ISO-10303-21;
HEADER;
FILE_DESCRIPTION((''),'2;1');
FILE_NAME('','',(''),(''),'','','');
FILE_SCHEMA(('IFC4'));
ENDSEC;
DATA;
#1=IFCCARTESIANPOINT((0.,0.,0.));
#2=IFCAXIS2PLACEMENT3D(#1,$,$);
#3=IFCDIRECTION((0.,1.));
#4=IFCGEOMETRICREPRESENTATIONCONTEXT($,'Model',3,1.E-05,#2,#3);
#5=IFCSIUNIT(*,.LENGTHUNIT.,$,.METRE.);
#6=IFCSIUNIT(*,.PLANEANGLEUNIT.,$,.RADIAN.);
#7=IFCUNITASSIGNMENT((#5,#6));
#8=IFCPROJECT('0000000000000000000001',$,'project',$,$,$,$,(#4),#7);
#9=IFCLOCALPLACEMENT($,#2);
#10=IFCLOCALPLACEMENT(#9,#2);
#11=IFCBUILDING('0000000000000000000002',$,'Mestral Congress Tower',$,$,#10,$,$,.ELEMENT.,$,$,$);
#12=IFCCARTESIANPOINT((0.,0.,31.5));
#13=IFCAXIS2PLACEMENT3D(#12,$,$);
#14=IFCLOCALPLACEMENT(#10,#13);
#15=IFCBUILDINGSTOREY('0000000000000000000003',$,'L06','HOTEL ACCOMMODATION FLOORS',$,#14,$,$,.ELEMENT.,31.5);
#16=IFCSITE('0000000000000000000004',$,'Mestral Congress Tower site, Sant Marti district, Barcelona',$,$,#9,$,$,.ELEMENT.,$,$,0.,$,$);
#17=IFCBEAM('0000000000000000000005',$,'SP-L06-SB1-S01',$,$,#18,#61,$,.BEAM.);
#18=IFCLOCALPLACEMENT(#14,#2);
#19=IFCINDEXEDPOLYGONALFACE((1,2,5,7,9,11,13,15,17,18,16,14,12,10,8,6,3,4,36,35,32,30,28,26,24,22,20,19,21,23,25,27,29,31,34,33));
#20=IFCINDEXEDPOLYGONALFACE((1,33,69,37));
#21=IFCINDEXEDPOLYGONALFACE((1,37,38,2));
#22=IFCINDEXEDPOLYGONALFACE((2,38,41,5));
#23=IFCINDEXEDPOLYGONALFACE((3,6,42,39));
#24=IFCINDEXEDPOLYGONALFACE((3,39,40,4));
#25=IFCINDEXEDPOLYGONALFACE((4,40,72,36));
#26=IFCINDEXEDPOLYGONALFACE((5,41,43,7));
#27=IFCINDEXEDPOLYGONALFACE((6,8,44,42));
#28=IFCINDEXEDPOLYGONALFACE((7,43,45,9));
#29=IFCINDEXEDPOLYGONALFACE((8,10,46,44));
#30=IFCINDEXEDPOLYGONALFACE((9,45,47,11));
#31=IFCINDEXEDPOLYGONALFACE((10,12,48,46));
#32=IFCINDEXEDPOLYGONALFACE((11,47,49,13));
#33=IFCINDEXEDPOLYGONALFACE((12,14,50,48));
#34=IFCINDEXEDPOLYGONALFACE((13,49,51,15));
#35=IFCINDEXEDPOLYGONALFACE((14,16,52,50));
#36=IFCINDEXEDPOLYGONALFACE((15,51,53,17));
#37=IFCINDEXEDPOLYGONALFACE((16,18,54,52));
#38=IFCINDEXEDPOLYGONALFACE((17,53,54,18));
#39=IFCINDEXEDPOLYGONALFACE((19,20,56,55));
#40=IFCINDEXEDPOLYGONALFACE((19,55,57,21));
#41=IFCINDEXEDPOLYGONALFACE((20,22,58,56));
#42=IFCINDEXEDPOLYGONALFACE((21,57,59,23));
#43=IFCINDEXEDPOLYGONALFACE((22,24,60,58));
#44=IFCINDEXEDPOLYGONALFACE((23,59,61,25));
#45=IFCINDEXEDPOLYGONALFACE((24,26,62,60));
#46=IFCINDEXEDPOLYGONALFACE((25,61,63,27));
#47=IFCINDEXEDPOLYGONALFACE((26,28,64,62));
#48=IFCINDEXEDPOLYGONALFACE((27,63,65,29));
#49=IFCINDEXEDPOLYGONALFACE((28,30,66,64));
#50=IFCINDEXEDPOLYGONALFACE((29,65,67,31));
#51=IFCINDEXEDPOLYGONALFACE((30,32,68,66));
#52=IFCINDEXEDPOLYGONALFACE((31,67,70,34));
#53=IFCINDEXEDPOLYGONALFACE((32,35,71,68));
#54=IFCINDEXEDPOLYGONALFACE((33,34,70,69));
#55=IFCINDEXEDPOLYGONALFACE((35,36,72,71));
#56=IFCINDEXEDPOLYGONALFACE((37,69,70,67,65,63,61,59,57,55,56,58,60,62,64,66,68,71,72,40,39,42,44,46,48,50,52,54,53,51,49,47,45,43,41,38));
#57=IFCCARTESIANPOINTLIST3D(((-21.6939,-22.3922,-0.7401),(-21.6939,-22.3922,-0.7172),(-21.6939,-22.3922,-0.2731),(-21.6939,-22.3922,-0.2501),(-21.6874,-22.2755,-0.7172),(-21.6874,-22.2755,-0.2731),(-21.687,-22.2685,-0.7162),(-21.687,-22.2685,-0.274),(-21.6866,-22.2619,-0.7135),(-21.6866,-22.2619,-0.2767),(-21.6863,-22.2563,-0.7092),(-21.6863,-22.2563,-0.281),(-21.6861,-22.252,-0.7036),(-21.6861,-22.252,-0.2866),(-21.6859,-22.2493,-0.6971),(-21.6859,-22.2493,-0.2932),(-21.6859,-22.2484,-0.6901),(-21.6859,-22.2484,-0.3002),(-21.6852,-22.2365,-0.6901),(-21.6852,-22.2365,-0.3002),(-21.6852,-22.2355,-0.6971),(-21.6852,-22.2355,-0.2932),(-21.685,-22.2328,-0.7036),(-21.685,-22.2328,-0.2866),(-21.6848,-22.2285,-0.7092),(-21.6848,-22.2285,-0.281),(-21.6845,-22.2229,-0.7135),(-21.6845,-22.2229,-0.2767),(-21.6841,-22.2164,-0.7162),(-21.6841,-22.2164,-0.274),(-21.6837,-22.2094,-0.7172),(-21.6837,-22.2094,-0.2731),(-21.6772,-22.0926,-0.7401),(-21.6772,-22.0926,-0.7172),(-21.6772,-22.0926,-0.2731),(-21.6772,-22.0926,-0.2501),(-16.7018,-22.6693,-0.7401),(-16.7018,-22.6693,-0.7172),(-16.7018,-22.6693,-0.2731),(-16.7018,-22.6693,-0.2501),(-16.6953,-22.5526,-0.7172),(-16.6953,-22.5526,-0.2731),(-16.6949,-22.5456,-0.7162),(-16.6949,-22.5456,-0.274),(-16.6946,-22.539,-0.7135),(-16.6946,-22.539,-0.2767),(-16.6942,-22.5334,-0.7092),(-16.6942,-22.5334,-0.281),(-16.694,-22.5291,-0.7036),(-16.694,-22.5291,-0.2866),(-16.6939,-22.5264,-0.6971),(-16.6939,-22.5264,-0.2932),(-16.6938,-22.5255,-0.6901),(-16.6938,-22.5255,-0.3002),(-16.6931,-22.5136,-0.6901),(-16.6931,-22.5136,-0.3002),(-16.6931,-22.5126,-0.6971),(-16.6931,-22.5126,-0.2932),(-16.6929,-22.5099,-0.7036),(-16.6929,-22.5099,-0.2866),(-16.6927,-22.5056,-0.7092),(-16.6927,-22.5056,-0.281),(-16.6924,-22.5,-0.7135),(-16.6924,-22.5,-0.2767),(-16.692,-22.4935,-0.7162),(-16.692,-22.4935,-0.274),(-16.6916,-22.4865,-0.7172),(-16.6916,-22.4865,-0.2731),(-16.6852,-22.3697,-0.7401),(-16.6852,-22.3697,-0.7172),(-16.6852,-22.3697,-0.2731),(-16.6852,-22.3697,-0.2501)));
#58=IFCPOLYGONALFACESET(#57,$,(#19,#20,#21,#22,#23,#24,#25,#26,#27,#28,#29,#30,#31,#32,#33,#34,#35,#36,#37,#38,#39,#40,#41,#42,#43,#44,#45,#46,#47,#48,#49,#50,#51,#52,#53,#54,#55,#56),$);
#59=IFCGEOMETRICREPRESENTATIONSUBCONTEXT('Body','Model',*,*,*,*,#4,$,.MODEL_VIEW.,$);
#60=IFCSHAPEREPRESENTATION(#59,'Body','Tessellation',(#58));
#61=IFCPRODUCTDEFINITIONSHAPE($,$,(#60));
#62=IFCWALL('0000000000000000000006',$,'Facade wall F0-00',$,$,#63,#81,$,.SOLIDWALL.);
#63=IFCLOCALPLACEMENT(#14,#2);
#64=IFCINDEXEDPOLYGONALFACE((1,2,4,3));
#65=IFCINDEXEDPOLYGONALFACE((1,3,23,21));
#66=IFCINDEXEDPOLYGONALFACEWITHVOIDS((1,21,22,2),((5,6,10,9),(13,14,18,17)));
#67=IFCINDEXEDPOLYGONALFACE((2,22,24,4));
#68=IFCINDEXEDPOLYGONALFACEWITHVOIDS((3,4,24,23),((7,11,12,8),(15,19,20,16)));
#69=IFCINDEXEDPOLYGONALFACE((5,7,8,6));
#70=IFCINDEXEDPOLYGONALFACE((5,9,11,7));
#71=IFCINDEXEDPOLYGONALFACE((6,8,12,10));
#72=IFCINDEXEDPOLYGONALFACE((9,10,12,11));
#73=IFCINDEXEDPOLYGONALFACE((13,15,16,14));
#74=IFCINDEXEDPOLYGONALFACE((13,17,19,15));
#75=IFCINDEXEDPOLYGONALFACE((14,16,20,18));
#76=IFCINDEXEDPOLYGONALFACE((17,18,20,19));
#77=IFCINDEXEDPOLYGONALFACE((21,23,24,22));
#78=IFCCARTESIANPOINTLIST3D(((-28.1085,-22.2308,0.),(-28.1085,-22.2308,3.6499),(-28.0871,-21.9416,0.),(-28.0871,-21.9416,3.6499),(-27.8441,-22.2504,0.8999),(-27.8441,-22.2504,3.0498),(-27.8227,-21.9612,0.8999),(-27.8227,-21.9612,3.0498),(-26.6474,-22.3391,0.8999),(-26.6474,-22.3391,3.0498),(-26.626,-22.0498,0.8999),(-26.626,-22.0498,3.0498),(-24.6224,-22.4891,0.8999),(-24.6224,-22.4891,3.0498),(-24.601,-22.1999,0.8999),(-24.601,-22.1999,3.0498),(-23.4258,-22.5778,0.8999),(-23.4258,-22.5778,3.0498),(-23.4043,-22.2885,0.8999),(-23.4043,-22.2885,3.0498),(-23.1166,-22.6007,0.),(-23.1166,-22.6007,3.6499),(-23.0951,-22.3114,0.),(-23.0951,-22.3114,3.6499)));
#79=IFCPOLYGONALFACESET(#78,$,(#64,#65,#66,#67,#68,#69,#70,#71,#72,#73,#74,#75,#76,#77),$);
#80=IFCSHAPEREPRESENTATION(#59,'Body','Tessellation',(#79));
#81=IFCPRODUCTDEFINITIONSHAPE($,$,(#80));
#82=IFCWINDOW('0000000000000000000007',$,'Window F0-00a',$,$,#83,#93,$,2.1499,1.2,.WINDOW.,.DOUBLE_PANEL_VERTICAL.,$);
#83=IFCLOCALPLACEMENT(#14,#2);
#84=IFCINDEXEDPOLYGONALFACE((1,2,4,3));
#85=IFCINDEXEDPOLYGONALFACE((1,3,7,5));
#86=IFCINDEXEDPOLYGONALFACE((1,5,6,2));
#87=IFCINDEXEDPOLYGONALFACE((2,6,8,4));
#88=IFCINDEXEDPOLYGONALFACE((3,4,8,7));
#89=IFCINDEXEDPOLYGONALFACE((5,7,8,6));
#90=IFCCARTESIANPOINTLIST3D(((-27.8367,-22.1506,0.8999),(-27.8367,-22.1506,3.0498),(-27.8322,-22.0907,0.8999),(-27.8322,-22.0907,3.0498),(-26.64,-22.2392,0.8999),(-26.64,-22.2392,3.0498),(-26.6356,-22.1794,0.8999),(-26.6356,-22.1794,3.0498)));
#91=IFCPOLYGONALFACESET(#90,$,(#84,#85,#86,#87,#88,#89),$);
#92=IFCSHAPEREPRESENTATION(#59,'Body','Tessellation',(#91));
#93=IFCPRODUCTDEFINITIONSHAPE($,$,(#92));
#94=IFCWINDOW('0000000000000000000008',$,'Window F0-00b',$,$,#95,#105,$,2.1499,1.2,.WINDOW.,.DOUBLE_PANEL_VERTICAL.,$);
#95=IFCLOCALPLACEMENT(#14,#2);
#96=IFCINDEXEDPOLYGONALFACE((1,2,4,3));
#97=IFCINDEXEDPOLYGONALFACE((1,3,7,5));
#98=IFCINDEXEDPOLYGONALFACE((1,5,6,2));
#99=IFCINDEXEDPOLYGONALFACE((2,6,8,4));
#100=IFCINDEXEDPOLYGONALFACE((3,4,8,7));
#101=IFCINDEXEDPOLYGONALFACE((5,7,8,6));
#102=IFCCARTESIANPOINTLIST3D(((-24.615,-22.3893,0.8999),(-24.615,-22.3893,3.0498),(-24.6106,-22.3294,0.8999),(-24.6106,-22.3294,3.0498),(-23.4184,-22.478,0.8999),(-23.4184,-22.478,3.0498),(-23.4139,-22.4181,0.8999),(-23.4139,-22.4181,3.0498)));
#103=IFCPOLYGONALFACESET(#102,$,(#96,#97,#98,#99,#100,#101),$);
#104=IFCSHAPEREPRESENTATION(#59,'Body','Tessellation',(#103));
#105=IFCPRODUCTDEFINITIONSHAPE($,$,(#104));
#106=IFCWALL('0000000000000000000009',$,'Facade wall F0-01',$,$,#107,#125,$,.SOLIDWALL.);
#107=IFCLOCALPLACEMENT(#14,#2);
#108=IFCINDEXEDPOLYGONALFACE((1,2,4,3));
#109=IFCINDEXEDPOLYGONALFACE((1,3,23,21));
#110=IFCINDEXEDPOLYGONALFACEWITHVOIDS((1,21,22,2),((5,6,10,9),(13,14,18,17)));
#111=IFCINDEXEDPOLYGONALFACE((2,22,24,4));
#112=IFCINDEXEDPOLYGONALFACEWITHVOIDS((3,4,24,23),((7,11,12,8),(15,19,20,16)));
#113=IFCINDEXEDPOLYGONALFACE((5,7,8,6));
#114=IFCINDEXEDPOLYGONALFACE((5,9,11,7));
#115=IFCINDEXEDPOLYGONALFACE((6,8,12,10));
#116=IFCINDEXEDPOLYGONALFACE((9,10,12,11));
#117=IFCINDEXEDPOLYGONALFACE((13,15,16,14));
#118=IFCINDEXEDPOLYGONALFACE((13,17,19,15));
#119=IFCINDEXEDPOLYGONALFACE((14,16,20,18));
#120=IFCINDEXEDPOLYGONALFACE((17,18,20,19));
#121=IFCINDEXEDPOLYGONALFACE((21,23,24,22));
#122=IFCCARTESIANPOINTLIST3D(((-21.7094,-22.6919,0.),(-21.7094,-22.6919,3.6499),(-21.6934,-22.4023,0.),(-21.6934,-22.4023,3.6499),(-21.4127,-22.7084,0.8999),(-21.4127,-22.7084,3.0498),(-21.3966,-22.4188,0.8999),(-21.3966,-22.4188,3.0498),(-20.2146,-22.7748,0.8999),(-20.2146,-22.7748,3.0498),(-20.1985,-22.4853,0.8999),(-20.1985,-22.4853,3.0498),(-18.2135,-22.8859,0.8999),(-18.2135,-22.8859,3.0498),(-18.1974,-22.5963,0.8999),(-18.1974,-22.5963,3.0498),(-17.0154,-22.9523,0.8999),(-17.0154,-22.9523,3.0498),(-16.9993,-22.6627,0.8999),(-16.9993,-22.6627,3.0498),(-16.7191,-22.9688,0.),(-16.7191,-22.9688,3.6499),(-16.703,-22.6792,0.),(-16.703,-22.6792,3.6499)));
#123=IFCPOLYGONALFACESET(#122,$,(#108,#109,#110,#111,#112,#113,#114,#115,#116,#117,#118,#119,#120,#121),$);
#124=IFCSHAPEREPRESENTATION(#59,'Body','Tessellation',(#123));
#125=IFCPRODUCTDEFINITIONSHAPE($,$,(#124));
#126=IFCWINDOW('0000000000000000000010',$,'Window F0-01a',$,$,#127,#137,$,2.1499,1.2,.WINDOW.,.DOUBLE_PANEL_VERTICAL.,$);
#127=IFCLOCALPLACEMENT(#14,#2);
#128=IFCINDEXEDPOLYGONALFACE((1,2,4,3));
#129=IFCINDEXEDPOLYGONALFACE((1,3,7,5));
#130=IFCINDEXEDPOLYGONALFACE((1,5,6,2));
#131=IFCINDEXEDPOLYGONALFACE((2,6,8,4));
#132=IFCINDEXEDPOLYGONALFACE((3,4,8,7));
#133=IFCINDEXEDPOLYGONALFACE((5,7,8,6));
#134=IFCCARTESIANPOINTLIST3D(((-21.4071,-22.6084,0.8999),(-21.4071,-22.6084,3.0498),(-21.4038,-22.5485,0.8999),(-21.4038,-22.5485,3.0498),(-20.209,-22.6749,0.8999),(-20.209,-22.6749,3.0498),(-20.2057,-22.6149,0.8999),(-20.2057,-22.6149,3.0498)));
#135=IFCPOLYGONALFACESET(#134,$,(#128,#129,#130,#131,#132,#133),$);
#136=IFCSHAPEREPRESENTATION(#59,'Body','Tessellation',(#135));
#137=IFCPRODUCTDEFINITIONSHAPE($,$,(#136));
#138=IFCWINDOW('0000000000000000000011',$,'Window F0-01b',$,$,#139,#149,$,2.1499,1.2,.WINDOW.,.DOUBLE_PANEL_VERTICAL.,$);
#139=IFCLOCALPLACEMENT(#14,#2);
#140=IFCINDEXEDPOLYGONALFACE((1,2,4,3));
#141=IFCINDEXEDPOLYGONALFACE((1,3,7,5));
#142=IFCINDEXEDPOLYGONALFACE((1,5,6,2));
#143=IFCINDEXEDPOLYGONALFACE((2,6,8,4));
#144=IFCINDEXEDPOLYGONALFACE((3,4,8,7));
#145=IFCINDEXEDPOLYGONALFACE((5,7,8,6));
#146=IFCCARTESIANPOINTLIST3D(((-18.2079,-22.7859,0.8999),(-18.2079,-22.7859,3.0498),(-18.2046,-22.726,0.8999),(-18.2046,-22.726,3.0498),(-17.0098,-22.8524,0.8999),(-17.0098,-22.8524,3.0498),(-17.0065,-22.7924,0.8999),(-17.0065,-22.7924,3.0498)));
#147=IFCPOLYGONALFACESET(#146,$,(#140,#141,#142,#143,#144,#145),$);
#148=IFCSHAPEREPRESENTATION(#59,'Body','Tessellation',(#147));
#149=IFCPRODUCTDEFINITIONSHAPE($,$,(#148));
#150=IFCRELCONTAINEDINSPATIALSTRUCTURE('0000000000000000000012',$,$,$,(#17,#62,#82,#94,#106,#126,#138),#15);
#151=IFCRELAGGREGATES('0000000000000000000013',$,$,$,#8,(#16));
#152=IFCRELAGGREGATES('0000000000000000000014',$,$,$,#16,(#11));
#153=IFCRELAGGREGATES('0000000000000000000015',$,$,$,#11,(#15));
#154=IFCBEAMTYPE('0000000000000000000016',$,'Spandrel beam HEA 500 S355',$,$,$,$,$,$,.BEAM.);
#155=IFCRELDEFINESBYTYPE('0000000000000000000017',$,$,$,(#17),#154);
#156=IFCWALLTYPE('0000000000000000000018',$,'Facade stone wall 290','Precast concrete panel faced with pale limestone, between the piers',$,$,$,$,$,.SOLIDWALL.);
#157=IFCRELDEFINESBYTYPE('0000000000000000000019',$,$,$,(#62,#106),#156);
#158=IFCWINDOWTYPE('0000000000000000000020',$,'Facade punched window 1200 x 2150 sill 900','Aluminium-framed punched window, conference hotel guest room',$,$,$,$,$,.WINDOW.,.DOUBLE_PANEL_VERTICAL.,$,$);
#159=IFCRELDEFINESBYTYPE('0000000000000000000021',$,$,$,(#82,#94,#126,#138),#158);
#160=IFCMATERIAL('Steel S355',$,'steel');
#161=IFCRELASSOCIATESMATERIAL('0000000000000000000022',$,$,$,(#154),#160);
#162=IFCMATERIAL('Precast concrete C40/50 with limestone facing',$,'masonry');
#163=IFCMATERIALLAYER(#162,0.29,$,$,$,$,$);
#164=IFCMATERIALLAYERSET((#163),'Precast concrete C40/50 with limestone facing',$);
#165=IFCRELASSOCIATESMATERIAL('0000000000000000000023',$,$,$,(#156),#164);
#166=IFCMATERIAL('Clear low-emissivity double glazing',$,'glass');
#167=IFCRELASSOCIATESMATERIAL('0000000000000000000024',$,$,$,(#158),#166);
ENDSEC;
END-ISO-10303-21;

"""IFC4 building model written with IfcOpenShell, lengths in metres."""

from ifc_helpers import new_model, si_unit, direction, frame, frame_2d, origin, origin_2d, place, context, subcontext, project, spatial, rectangle, i_section, extrude, material, layer, layer_set, material_profile, profile_set, type_object, element, fill, save


model = new_model("IFC4")

# Units and contexts
model_context = context("Model", 3, precision=1e-05, world=origin(), true_north=direction((0.0, 1.0)))
body_context = subcontext(model_context, "Body", "Model", "MODEL_VIEW")
ifc_project = project(units=[si_unit("LENGTHUNIT", "METRE"), si_unit("PLANEANGLEUNIT", "RADIAN")], contexts=[model_context])

# Site, building, storey
site_placement = place(None, origin())
site = spatial("IfcSite", under=ifc_project, at=site_placement, Name="Mestral Congress Tower site, Sant Marti district, Barcelona", CompositionType="ELEMENT", RefElevation=0.0)
building_placement = place(site_placement, origin())
building = spatial("IfcBuilding", under=site, at=building_placement, Name="Mestral Congress Tower", CompositionType="ELEMENT")
storey_placement = place(building_placement, frame((0.0, 0.0, 31.5)))
storey = spatial("IfcBuildingStorey", under=building, at=storey_placement, Name="L06", Description="HOTEL ACCOMMODATION FLOORS", CompositionType="ELEMENT", Elevation=31.5)

# Beam
ifc_material_1 = material(Name="Steel S355", Category="steel")
ifc_material_profile_1 = material_profile(ifc_material_1, i_section(OverallWidth=0.3, OverallDepth=0.49, WebThickness=0.012, FlangeThickness=0.0229, FilletRadius=0.0271, at=origin_2d()), Name="HEA 500")
ifc_profile_set_1 = profile_set([ifc_material_profile_1], Name="Steel S355")
beam_type_1 = type_object("IfcBeamType", Name="Spandrel beam HEA 500 S355", PredefinedType="BEAM", material=ifc_profile_set_1)
beam_1_placement = place(storey_placement, frame((-21.6855, -22.2424, -0.4951), z_axis=(0.998463, -0.055421, 0.0), x_axis=(0.055421, 0.998463, 0.0)))
element("IfcBeam", 1, at=beam_1_placement, inside=storey, type_object=beam_type_1, Name="SP-L06-SB1-S01", PredefinedType="BEAM", context=body_context, shape_type="SweptSolid", body=[
    extrude(i_section(OverallWidth=0.3, OverallDepth=0.49, WebThickness=0.012, FlangeThickness=0.0229, FilletRadius=0.0271, at=origin_2d()), origin(), (0.0, 0.0, 1.0), 4.9998),
])

# Walls, openings, windows
ifc_material_2 = material(Name="Precast concrete C40/50 with limestone facing", Category="masonry")
ifc_layer_1 = layer(ifc_material_2, 0.29)
ifc_layer_set_1 = layer_set([ifc_layer_1], Name="Precast concrete C40/50 with limestone facing")
wall_type_1 = type_object("IfcWallType", Name="Facade stone wall 290", Description="Precast concrete panel faced with pale limestone, between the piers", PredefinedType="SOLIDWALL", material=ifc_layer_set_1)
wall_1_placement = place(storey_placement, frame((-28.0979, -22.0862, 0.0), z_axis=(0.0, 0.0, 1.0), x_axis=(0.997266, -0.073891, 0.0)))
wall_1 = element("IfcWall", 2, at=wall_1_placement, inside=storey, type_object=wall_type_1, Name="Facade wall F0-00", PredefinedType="SOLIDWALL", context=body_context, shape_type="SweptSolid", body=[
    extrude(rectangle(XDim=5.0056, YDim=0.29, at=frame_2d((2.5029, 0.0))), origin(), (0.0, 0.0, 1.0), 3.6499),
])
opening_1_placement = place(wall_1_placement, frame((0.2651, 0.0, 0.8999)))
opening_1 = element("IfcOpeningElement", 3, at=opening_1_placement, cuts=wall_1, PredefinedType="OPENING", context=body_context, shape_type="SweptSolid", body=[
    extrude(rectangle(XDim=1.2, YDim=2.1499, at=frame_2d((0.6001, 1.075))), frame((0.0, 0.155, 0.0), z_axis=(0.0, -1.0, 0.0), x_axis=(1.0, 0.0, 0.0)), (0.0, 0.0, 1.0), 0.3101),
])
opening_2_placement = place(wall_1_placement, frame((3.4956, 0.0, 0.8999)))
opening_2 = element("IfcOpeningElement", 4, at=opening_2_placement, cuts=wall_1, PredefinedType="OPENING", context=body_context, shape_type="SweptSolid", body=[
    extrude(rectangle(XDim=1.2, YDim=2.1499, at=frame_2d((0.6001, 1.075))), frame((0.0, 0.155, 0.0), z_axis=(0.0, -1.0, 0.0), x_axis=(1.0, 0.0, 0.0)), (0.0, 0.0, 1.0), 0.3101),
])
ifc_material_3 = material(Name="Clear low-emissivity double glazing", Category="glass")
window_type = type_object("IfcWindowType", Name="Facade punched window 1200 x 2150 sill 900", Description="Aluminium-framed punched window, conference hotel guest room", PartitioningType="DOUBLE_PANEL_VERTICAL", PredefinedType="WINDOW", material=ifc_material_3)
window_1_placement = place(opening_1_placement, origin())
window_1 = element("IfcWindow", 5, at=window_1_placement, inside=storey, type_object=window_type, Name="Window F0-00a", OverallHeight=2.1499, OverallWidth=1.2, PartitioningType="DOUBLE_PANEL_VERTICAL", PredefinedType="WINDOW", context=body_context, shape_type="SweptSolid", body=[
    extrude(rectangle(XDim=1.2, YDim=2.1499, at=frame_2d((0.6001, 1.075))), frame((0.0, 0.0151, 0.0), z_axis=(0.0, -1.0, 0.0), x_axis=(1.0, 0.0, 0.0)), (0.0, 0.0, 1.0), 0.0601),
])
fill(opening_1, window_1)
window_2_placement = place(opening_2_placement, origin())
window_2 = element("IfcWindow", 6, at=window_2_placement, inside=storey, type_object=window_type, Name="Window F0-00b", OverallHeight=2.1499, OverallWidth=1.2, PartitioningType="DOUBLE_PANEL_VERTICAL", PredefinedType="WINDOW", context=body_context, shape_type="SweptSolid", body=[
    extrude(rectangle(XDim=1.2, YDim=2.1499, at=frame_2d((0.6001, 1.075))), frame((0.0, 0.0151, 0.0), z_axis=(0.0, -1.0, 0.0), x_axis=(1.0, 0.0, 0.0)), (0.0, 0.0, 1.0), 0.0601),
])
fill(opening_2, window_2)
wall_2_placement = place(storey_placement, frame((-21.7014, -22.5471, 0.0), z_axis=(0.0, 0.0, 1.0), x_axis=(0.998465, -0.055392, 0.0)))
wall_2 = element("IfcWall", 7, at=wall_2_placement, inside=storey, type_object=wall_type_1, Name="Facade wall F0-01", PredefinedType="SOLIDWALL", context=body_context, shape_type="SweptSolid", body=[
    extrude(rectangle(XDim=4.998, YDim=0.29, at=frame_2d((2.499, 0.0))), origin(), (0.0, 0.0, 1.0), 3.6499),
])
opening_3_placement = place(wall_2_placement, frame((0.2971, 0.0, 0.8999)))
opening_3 = element("IfcOpeningElement", 8, at=opening_3_placement, cuts=wall_2, PredefinedType="OPENING", context=body_context, shape_type="SweptSolid", body=[
    extrude(rectangle(XDim=1.2, YDim=2.1499, at=frame_2d((0.6001, 1.075))), frame((0.0, 0.155, 0.0), z_axis=(0.0, -1.0, 0.0), x_axis=(1.0, 0.0, 0.0)), (0.0, 0.0, 1.0), 0.3101),
])
opening_4_placement = place(wall_2_placement, frame((3.5012, 0.0, 0.8999)))
opening_4 = element("IfcOpeningElement", 9, at=opening_4_placement, cuts=wall_2, PredefinedType="OPENING", context=body_context, shape_type="SweptSolid", body=[
    extrude(rectangle(XDim=1.2, YDim=2.1499, at=frame_2d((0.6001, 1.075))), frame((0.0, 0.155, 0.0), z_axis=(0.0, -1.0, 0.0), x_axis=(1.0, 0.0, 0.0)), (0.0, 0.0, 1.0), 0.3101),
])
window_3_placement = place(opening_3_placement, origin())
window_3 = element("IfcWindow", 10, at=window_3_placement, inside=storey, type_object=window_type, Name="Window F0-01a", OverallHeight=2.1499, OverallWidth=1.2, PartitioningType="DOUBLE_PANEL_VERTICAL", PredefinedType="WINDOW", context=body_context, shape_type="SweptSolid", body=[
    extrude(rectangle(XDim=1.2, YDim=2.1499, at=frame_2d((0.6001, 1.075))), frame((0.0, 0.0151, 0.0), z_axis=(0.0, -1.0, 0.0), x_axis=(1.0, 0.0, 0.0)), (0.0, 0.0, 1.0), 0.0601),
])
fill(opening_3, window_3)
window_4_placement = place(opening_4_placement, origin())
window_4 = element("IfcWindow", 11, at=window_4_placement, inside=storey, type_object=window_type, Name="Window F0-01b", OverallHeight=2.1499, OverallWidth=1.2, PartitioningType="DOUBLE_PANEL_VERTICAL", PredefinedType="WINDOW", context=body_context, shape_type="SweptSolid", body=[
    extrude(rectangle(XDim=1.2, YDim=2.1499, at=frame_2d((0.6001, 1.075))), frame((0.0, 0.0151, 0.0), z_axis=(0.0, -1.0, 0.0), x_axis=(1.0, 0.0, 0.0)), (0.0, 0.0, 1.0), 0.0601),
])
fill(opening_4, window_4)

save(model, "model.ifc")
